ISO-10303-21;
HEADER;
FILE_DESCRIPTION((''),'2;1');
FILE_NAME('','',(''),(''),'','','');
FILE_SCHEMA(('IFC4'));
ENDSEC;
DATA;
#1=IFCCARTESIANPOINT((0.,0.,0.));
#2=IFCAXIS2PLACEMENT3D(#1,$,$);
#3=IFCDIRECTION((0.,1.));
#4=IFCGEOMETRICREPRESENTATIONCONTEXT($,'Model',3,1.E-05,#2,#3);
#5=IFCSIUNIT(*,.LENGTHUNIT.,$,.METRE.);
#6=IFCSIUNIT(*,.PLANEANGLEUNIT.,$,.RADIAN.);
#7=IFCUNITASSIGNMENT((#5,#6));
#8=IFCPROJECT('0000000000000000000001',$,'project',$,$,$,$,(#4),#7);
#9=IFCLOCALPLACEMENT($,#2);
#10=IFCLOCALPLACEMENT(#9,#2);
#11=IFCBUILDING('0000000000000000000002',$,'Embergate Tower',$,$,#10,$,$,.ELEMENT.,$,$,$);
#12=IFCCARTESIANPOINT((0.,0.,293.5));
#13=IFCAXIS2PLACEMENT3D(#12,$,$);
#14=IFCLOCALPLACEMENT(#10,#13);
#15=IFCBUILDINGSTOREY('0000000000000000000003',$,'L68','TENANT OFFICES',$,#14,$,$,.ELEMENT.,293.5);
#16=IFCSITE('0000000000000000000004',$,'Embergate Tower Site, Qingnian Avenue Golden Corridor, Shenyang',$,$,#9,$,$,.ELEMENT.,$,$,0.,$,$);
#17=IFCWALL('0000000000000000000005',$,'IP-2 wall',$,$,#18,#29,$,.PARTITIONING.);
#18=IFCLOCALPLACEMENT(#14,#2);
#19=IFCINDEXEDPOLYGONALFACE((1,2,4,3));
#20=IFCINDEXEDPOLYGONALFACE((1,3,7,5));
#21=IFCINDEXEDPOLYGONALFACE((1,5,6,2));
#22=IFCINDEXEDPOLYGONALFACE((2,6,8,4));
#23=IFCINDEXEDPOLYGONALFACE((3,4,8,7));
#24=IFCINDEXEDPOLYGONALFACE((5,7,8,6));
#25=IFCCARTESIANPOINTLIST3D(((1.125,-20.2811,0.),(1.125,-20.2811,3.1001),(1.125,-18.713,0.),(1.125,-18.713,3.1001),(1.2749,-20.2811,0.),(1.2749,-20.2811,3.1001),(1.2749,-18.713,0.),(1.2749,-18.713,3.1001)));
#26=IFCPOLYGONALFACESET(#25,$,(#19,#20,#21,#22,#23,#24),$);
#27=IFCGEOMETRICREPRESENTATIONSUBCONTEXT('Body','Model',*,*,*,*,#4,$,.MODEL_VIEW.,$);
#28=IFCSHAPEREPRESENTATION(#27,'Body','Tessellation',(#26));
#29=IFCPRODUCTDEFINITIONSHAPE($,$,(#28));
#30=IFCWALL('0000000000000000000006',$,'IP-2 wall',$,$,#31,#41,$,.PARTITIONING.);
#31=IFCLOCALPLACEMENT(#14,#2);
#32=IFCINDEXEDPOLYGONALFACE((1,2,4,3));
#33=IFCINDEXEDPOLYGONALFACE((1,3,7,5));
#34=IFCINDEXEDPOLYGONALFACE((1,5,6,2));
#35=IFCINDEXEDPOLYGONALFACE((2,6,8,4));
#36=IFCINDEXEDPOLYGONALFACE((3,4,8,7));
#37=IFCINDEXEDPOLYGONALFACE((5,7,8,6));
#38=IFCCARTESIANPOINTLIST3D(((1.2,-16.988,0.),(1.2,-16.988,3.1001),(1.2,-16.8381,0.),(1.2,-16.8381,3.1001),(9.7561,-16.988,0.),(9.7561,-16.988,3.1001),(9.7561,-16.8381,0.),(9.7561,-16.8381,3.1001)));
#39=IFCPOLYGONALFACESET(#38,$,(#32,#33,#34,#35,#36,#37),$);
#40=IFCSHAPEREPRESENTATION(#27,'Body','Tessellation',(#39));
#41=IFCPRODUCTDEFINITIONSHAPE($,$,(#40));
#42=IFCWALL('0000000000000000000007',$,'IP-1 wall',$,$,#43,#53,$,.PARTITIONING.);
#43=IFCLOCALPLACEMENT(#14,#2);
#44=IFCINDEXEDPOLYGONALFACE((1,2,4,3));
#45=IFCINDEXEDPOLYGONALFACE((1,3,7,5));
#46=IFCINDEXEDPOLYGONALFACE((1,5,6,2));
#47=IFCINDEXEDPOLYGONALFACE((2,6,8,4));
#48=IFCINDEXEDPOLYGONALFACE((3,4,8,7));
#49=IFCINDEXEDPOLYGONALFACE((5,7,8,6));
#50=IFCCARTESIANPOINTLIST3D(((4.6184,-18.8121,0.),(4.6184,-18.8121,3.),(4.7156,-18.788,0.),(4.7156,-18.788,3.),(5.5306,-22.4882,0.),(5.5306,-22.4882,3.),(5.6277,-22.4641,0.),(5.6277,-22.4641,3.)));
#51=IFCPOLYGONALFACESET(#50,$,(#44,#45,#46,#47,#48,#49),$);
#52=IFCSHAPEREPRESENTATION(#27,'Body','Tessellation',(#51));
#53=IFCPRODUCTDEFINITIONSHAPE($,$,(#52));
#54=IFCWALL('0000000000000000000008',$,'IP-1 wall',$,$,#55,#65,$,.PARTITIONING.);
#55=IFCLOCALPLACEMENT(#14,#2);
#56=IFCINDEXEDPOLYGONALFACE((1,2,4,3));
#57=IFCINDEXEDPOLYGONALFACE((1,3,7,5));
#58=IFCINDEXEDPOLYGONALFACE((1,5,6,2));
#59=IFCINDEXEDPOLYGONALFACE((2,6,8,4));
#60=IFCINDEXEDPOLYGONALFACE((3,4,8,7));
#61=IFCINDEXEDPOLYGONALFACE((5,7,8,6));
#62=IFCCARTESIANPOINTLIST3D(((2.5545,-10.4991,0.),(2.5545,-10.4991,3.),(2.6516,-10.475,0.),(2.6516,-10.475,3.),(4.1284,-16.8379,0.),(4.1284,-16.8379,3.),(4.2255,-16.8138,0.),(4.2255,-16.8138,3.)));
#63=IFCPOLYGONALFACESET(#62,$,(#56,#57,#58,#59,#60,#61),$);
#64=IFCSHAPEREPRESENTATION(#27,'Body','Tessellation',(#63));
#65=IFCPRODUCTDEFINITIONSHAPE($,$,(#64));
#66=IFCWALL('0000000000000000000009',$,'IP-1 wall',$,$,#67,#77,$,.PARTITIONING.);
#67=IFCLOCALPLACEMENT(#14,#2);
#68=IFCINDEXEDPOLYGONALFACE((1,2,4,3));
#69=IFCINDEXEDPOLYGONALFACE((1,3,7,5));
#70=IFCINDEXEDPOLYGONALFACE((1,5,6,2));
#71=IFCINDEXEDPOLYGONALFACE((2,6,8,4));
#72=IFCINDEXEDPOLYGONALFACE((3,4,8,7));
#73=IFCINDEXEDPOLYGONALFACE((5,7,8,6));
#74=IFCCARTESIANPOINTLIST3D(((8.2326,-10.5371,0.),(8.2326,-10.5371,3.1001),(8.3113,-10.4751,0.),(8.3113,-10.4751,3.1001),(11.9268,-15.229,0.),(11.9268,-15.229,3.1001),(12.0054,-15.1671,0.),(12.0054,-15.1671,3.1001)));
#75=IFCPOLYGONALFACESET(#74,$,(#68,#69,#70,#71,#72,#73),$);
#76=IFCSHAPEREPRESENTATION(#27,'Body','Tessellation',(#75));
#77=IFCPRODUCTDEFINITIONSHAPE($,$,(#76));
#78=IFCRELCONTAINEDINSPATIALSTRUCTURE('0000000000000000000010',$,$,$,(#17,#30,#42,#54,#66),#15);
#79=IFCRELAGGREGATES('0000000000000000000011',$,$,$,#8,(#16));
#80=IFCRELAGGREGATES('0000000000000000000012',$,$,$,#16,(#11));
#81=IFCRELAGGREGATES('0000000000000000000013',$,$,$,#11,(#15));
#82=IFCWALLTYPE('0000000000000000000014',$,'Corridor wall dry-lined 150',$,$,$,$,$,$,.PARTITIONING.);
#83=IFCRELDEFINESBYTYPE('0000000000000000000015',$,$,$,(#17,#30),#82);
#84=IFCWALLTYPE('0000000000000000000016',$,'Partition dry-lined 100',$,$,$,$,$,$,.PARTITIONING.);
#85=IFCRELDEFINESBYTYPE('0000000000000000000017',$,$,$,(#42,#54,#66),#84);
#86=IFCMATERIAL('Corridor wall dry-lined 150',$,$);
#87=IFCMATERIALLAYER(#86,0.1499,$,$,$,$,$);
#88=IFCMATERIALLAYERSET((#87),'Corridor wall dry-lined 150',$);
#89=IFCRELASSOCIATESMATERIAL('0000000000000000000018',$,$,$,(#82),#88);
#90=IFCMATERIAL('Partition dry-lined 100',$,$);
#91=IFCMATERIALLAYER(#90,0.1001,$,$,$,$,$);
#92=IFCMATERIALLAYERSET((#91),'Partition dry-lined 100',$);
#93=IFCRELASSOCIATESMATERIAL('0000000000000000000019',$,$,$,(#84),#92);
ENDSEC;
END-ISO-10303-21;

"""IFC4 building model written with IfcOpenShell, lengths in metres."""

from ifc_helpers import new_model, si_unit, direction, frame, frame_2d, origin, place, context, subcontext, project, spatial, rectangle, extrude, source, transform, mapped, material, layer, layer_set, type_object, element, save


model = new_model("IFC4")

# Units and contexts
model_context = context("Model", 3, precision=1e-05, world=origin(), true_north=direction((0.0, 1.0)))
body_context = subcontext(model_context, "Body", "Model", "MODEL_VIEW")
ifc_project = project(units=[si_unit("LENGTHUNIT", "METRE"), si_unit("PLANEANGLEUNIT", "RADIAN")], contexts=[model_context])

# Site, building, storey
site_placement = place(None, origin())
site = spatial("IfcSite", under=ifc_project, at=site_placement, Name="Embergate Tower Site, Qingnian Avenue Golden Corridor, Shenyang", CompositionType="ELEMENT", RefElevation=0.0)
building_placement = place(site_placement, origin())
building = spatial("IfcBuilding", under=site, at=building_placement, Name="Embergate Tower", CompositionType="ELEMENT")
storey_placement = place(building_placement, frame((0.0, 0.0, 293.5)))
storey = spatial("IfcBuildingStorey", under=building, at=storey_placement, Name="L68", Description="TENANT OFFICES", CompositionType="ELEMENT", Elevation=293.5)

# Shared definitions
ifc_material_1 = material(Name="Corridor wall dry-lined 150")
ifc_layer_1 = layer(ifc_material_1, 0.1499)
ifc_layer_set_1 = layer_set([ifc_layer_1], Name="Corridor wall dry-lined 150")
wall_type_1 = type_object("IfcWallType", Name="Corridor wall dry-lined 150", PredefinedType="PARTITIONING", material=ifc_layer_set_1)

# Walls
shared_shape_1 = source(origin(), body_context, "Body", "SweptSolid", [
    extrude(rectangle(XDim=1.5681, YDim=0.1499, at=frame_2d((0.7842, 0.0))), origin(), (0.0, 0.0, 1.0), 3.1001),
])
wall_1_placement = place(storey_placement, frame((1.2, -18.7129, 0.0), z_axis=(0.0, 0.0, 1.0), x_axis=(0.0, -1.0, 0.0)))
element("IfcWall", 1, at=wall_1_placement, inside=storey, type_object=wall_type_1, Name="IP-2 wall", PredefinedType="PARTITIONING", context=body_context, shape_type="MappedRepresentation", body=[
    mapped(shared_shape_1, transform((0.0, 0.0, 0.0))),
])
shared_shape_2 = source(origin(), body_context, "Body", "SweptSolid", [
    extrude(rectangle(XDim=8.5562, YDim=0.1499, at=frame_2d((4.2781, 0.0))), origin(), (0.0, 0.0, 1.0), 3.1001),
])
wall_2_placement = place(storey_placement, frame((1.2, -16.9131, 0.0), z_axis=(0.0, 0.0, 1.0), x_axis=(1.0, 0.0, 0.0)))
element("IfcWall", 2, at=wall_2_placement, inside=storey, type_object=wall_type_1, Name="IP-2 wall", PredefinedType="PARTITIONING", context=body_context, shape_type="MappedRepresentation", body=[
    mapped(shared_shape_2, transform((0.0, 0.0, 0.0))),
])
ifc_material_2 = material(Name="Partition dry-lined 100")
ifc_layer_2 = layer(ifc_material_2, 0.1001)
ifc_layer_set_2 = layer_set([ifc_layer_2], Name="Partition dry-lined 100")
wall_type_2 = type_object("IfcWallType", Name="Partition dry-lined 100", PredefinedType="PARTITIONING", material=ifc_layer_set_2)
shared_shape_3 = source(origin(), body_context, "Body", "SweptSolid", [
    extrude(rectangle(XDim=3.7876, YDim=0.1001, at=frame_2d((1.8938, 0.0))), origin(), (0.0, 0.0, 1.0), 3.0),
])
wall_3_placement = place(storey_placement, frame((4.667, -18.8, 0.0), z_axis=(0.0, 0.0, 1.0), x_axis=(0.240821, -0.970569, 0.0)))
element("IfcWall", 3, at=wall_3_placement, inside=storey, type_object=wall_type_2, Name="IP-1 wall", PredefinedType="PARTITIONING", context=body_context, shape_type="MappedRepresentation", body=[
    mapped(shared_shape_3, transform((0.0, 0.0, 0.0))),
])
shared_shape_4 = source(origin(), body_context, "Body", "SweptSolid", [
    extrude(rectangle(XDim=6.5312, YDim=0.1001, at=frame_2d((3.2656, 0.0))), origin(), (0.0, 0.0, 1.0), 3.0),
])
wall_4_placement = place(storey_placement, frame((2.603, -10.4871, 0.0), z_axis=(0.0, 0.0, 1.0), x_axis=(0.240987, -0.970528, 0.0)))
element("IfcWall", 4, at=wall_4_placement, inside=storey, type_object=wall_type_2, Name="IP-1 wall", PredefinedType="PARTITIONING", context=body_context, shape_type="MappedRepresentation", body=[
    mapped(shared_shape_4, transform((0.0, 0.0, 0.0))),
])
shared_shape_5 = source(origin(), body_context, "Body", "SweptSolid", [
    extrude(rectangle(XDim=5.9717, YDim=0.1001, at=frame_2d((2.9858, 0.0))), origin(), (0.0, 0.0, 1.0), 3.1001),
])
wall_5_placement = place(storey_placement, frame((8.272, -10.5061, 0.0), z_axis=(0.0, 0.0, 1.0), x_axis=(0.618608, -0.785699, 0.0)))
element("IfcWall", 5, at=wall_5_placement, inside=storey, type_object=wall_type_2, Name="IP-1 wall", PredefinedType="PARTITIONING", context=body_context, shape_type="MappedRepresentation", body=[
    mapped(shared_shape_5, transform((0.0, 0.0, 0.0))),
])

save(model, "model.ifc")
